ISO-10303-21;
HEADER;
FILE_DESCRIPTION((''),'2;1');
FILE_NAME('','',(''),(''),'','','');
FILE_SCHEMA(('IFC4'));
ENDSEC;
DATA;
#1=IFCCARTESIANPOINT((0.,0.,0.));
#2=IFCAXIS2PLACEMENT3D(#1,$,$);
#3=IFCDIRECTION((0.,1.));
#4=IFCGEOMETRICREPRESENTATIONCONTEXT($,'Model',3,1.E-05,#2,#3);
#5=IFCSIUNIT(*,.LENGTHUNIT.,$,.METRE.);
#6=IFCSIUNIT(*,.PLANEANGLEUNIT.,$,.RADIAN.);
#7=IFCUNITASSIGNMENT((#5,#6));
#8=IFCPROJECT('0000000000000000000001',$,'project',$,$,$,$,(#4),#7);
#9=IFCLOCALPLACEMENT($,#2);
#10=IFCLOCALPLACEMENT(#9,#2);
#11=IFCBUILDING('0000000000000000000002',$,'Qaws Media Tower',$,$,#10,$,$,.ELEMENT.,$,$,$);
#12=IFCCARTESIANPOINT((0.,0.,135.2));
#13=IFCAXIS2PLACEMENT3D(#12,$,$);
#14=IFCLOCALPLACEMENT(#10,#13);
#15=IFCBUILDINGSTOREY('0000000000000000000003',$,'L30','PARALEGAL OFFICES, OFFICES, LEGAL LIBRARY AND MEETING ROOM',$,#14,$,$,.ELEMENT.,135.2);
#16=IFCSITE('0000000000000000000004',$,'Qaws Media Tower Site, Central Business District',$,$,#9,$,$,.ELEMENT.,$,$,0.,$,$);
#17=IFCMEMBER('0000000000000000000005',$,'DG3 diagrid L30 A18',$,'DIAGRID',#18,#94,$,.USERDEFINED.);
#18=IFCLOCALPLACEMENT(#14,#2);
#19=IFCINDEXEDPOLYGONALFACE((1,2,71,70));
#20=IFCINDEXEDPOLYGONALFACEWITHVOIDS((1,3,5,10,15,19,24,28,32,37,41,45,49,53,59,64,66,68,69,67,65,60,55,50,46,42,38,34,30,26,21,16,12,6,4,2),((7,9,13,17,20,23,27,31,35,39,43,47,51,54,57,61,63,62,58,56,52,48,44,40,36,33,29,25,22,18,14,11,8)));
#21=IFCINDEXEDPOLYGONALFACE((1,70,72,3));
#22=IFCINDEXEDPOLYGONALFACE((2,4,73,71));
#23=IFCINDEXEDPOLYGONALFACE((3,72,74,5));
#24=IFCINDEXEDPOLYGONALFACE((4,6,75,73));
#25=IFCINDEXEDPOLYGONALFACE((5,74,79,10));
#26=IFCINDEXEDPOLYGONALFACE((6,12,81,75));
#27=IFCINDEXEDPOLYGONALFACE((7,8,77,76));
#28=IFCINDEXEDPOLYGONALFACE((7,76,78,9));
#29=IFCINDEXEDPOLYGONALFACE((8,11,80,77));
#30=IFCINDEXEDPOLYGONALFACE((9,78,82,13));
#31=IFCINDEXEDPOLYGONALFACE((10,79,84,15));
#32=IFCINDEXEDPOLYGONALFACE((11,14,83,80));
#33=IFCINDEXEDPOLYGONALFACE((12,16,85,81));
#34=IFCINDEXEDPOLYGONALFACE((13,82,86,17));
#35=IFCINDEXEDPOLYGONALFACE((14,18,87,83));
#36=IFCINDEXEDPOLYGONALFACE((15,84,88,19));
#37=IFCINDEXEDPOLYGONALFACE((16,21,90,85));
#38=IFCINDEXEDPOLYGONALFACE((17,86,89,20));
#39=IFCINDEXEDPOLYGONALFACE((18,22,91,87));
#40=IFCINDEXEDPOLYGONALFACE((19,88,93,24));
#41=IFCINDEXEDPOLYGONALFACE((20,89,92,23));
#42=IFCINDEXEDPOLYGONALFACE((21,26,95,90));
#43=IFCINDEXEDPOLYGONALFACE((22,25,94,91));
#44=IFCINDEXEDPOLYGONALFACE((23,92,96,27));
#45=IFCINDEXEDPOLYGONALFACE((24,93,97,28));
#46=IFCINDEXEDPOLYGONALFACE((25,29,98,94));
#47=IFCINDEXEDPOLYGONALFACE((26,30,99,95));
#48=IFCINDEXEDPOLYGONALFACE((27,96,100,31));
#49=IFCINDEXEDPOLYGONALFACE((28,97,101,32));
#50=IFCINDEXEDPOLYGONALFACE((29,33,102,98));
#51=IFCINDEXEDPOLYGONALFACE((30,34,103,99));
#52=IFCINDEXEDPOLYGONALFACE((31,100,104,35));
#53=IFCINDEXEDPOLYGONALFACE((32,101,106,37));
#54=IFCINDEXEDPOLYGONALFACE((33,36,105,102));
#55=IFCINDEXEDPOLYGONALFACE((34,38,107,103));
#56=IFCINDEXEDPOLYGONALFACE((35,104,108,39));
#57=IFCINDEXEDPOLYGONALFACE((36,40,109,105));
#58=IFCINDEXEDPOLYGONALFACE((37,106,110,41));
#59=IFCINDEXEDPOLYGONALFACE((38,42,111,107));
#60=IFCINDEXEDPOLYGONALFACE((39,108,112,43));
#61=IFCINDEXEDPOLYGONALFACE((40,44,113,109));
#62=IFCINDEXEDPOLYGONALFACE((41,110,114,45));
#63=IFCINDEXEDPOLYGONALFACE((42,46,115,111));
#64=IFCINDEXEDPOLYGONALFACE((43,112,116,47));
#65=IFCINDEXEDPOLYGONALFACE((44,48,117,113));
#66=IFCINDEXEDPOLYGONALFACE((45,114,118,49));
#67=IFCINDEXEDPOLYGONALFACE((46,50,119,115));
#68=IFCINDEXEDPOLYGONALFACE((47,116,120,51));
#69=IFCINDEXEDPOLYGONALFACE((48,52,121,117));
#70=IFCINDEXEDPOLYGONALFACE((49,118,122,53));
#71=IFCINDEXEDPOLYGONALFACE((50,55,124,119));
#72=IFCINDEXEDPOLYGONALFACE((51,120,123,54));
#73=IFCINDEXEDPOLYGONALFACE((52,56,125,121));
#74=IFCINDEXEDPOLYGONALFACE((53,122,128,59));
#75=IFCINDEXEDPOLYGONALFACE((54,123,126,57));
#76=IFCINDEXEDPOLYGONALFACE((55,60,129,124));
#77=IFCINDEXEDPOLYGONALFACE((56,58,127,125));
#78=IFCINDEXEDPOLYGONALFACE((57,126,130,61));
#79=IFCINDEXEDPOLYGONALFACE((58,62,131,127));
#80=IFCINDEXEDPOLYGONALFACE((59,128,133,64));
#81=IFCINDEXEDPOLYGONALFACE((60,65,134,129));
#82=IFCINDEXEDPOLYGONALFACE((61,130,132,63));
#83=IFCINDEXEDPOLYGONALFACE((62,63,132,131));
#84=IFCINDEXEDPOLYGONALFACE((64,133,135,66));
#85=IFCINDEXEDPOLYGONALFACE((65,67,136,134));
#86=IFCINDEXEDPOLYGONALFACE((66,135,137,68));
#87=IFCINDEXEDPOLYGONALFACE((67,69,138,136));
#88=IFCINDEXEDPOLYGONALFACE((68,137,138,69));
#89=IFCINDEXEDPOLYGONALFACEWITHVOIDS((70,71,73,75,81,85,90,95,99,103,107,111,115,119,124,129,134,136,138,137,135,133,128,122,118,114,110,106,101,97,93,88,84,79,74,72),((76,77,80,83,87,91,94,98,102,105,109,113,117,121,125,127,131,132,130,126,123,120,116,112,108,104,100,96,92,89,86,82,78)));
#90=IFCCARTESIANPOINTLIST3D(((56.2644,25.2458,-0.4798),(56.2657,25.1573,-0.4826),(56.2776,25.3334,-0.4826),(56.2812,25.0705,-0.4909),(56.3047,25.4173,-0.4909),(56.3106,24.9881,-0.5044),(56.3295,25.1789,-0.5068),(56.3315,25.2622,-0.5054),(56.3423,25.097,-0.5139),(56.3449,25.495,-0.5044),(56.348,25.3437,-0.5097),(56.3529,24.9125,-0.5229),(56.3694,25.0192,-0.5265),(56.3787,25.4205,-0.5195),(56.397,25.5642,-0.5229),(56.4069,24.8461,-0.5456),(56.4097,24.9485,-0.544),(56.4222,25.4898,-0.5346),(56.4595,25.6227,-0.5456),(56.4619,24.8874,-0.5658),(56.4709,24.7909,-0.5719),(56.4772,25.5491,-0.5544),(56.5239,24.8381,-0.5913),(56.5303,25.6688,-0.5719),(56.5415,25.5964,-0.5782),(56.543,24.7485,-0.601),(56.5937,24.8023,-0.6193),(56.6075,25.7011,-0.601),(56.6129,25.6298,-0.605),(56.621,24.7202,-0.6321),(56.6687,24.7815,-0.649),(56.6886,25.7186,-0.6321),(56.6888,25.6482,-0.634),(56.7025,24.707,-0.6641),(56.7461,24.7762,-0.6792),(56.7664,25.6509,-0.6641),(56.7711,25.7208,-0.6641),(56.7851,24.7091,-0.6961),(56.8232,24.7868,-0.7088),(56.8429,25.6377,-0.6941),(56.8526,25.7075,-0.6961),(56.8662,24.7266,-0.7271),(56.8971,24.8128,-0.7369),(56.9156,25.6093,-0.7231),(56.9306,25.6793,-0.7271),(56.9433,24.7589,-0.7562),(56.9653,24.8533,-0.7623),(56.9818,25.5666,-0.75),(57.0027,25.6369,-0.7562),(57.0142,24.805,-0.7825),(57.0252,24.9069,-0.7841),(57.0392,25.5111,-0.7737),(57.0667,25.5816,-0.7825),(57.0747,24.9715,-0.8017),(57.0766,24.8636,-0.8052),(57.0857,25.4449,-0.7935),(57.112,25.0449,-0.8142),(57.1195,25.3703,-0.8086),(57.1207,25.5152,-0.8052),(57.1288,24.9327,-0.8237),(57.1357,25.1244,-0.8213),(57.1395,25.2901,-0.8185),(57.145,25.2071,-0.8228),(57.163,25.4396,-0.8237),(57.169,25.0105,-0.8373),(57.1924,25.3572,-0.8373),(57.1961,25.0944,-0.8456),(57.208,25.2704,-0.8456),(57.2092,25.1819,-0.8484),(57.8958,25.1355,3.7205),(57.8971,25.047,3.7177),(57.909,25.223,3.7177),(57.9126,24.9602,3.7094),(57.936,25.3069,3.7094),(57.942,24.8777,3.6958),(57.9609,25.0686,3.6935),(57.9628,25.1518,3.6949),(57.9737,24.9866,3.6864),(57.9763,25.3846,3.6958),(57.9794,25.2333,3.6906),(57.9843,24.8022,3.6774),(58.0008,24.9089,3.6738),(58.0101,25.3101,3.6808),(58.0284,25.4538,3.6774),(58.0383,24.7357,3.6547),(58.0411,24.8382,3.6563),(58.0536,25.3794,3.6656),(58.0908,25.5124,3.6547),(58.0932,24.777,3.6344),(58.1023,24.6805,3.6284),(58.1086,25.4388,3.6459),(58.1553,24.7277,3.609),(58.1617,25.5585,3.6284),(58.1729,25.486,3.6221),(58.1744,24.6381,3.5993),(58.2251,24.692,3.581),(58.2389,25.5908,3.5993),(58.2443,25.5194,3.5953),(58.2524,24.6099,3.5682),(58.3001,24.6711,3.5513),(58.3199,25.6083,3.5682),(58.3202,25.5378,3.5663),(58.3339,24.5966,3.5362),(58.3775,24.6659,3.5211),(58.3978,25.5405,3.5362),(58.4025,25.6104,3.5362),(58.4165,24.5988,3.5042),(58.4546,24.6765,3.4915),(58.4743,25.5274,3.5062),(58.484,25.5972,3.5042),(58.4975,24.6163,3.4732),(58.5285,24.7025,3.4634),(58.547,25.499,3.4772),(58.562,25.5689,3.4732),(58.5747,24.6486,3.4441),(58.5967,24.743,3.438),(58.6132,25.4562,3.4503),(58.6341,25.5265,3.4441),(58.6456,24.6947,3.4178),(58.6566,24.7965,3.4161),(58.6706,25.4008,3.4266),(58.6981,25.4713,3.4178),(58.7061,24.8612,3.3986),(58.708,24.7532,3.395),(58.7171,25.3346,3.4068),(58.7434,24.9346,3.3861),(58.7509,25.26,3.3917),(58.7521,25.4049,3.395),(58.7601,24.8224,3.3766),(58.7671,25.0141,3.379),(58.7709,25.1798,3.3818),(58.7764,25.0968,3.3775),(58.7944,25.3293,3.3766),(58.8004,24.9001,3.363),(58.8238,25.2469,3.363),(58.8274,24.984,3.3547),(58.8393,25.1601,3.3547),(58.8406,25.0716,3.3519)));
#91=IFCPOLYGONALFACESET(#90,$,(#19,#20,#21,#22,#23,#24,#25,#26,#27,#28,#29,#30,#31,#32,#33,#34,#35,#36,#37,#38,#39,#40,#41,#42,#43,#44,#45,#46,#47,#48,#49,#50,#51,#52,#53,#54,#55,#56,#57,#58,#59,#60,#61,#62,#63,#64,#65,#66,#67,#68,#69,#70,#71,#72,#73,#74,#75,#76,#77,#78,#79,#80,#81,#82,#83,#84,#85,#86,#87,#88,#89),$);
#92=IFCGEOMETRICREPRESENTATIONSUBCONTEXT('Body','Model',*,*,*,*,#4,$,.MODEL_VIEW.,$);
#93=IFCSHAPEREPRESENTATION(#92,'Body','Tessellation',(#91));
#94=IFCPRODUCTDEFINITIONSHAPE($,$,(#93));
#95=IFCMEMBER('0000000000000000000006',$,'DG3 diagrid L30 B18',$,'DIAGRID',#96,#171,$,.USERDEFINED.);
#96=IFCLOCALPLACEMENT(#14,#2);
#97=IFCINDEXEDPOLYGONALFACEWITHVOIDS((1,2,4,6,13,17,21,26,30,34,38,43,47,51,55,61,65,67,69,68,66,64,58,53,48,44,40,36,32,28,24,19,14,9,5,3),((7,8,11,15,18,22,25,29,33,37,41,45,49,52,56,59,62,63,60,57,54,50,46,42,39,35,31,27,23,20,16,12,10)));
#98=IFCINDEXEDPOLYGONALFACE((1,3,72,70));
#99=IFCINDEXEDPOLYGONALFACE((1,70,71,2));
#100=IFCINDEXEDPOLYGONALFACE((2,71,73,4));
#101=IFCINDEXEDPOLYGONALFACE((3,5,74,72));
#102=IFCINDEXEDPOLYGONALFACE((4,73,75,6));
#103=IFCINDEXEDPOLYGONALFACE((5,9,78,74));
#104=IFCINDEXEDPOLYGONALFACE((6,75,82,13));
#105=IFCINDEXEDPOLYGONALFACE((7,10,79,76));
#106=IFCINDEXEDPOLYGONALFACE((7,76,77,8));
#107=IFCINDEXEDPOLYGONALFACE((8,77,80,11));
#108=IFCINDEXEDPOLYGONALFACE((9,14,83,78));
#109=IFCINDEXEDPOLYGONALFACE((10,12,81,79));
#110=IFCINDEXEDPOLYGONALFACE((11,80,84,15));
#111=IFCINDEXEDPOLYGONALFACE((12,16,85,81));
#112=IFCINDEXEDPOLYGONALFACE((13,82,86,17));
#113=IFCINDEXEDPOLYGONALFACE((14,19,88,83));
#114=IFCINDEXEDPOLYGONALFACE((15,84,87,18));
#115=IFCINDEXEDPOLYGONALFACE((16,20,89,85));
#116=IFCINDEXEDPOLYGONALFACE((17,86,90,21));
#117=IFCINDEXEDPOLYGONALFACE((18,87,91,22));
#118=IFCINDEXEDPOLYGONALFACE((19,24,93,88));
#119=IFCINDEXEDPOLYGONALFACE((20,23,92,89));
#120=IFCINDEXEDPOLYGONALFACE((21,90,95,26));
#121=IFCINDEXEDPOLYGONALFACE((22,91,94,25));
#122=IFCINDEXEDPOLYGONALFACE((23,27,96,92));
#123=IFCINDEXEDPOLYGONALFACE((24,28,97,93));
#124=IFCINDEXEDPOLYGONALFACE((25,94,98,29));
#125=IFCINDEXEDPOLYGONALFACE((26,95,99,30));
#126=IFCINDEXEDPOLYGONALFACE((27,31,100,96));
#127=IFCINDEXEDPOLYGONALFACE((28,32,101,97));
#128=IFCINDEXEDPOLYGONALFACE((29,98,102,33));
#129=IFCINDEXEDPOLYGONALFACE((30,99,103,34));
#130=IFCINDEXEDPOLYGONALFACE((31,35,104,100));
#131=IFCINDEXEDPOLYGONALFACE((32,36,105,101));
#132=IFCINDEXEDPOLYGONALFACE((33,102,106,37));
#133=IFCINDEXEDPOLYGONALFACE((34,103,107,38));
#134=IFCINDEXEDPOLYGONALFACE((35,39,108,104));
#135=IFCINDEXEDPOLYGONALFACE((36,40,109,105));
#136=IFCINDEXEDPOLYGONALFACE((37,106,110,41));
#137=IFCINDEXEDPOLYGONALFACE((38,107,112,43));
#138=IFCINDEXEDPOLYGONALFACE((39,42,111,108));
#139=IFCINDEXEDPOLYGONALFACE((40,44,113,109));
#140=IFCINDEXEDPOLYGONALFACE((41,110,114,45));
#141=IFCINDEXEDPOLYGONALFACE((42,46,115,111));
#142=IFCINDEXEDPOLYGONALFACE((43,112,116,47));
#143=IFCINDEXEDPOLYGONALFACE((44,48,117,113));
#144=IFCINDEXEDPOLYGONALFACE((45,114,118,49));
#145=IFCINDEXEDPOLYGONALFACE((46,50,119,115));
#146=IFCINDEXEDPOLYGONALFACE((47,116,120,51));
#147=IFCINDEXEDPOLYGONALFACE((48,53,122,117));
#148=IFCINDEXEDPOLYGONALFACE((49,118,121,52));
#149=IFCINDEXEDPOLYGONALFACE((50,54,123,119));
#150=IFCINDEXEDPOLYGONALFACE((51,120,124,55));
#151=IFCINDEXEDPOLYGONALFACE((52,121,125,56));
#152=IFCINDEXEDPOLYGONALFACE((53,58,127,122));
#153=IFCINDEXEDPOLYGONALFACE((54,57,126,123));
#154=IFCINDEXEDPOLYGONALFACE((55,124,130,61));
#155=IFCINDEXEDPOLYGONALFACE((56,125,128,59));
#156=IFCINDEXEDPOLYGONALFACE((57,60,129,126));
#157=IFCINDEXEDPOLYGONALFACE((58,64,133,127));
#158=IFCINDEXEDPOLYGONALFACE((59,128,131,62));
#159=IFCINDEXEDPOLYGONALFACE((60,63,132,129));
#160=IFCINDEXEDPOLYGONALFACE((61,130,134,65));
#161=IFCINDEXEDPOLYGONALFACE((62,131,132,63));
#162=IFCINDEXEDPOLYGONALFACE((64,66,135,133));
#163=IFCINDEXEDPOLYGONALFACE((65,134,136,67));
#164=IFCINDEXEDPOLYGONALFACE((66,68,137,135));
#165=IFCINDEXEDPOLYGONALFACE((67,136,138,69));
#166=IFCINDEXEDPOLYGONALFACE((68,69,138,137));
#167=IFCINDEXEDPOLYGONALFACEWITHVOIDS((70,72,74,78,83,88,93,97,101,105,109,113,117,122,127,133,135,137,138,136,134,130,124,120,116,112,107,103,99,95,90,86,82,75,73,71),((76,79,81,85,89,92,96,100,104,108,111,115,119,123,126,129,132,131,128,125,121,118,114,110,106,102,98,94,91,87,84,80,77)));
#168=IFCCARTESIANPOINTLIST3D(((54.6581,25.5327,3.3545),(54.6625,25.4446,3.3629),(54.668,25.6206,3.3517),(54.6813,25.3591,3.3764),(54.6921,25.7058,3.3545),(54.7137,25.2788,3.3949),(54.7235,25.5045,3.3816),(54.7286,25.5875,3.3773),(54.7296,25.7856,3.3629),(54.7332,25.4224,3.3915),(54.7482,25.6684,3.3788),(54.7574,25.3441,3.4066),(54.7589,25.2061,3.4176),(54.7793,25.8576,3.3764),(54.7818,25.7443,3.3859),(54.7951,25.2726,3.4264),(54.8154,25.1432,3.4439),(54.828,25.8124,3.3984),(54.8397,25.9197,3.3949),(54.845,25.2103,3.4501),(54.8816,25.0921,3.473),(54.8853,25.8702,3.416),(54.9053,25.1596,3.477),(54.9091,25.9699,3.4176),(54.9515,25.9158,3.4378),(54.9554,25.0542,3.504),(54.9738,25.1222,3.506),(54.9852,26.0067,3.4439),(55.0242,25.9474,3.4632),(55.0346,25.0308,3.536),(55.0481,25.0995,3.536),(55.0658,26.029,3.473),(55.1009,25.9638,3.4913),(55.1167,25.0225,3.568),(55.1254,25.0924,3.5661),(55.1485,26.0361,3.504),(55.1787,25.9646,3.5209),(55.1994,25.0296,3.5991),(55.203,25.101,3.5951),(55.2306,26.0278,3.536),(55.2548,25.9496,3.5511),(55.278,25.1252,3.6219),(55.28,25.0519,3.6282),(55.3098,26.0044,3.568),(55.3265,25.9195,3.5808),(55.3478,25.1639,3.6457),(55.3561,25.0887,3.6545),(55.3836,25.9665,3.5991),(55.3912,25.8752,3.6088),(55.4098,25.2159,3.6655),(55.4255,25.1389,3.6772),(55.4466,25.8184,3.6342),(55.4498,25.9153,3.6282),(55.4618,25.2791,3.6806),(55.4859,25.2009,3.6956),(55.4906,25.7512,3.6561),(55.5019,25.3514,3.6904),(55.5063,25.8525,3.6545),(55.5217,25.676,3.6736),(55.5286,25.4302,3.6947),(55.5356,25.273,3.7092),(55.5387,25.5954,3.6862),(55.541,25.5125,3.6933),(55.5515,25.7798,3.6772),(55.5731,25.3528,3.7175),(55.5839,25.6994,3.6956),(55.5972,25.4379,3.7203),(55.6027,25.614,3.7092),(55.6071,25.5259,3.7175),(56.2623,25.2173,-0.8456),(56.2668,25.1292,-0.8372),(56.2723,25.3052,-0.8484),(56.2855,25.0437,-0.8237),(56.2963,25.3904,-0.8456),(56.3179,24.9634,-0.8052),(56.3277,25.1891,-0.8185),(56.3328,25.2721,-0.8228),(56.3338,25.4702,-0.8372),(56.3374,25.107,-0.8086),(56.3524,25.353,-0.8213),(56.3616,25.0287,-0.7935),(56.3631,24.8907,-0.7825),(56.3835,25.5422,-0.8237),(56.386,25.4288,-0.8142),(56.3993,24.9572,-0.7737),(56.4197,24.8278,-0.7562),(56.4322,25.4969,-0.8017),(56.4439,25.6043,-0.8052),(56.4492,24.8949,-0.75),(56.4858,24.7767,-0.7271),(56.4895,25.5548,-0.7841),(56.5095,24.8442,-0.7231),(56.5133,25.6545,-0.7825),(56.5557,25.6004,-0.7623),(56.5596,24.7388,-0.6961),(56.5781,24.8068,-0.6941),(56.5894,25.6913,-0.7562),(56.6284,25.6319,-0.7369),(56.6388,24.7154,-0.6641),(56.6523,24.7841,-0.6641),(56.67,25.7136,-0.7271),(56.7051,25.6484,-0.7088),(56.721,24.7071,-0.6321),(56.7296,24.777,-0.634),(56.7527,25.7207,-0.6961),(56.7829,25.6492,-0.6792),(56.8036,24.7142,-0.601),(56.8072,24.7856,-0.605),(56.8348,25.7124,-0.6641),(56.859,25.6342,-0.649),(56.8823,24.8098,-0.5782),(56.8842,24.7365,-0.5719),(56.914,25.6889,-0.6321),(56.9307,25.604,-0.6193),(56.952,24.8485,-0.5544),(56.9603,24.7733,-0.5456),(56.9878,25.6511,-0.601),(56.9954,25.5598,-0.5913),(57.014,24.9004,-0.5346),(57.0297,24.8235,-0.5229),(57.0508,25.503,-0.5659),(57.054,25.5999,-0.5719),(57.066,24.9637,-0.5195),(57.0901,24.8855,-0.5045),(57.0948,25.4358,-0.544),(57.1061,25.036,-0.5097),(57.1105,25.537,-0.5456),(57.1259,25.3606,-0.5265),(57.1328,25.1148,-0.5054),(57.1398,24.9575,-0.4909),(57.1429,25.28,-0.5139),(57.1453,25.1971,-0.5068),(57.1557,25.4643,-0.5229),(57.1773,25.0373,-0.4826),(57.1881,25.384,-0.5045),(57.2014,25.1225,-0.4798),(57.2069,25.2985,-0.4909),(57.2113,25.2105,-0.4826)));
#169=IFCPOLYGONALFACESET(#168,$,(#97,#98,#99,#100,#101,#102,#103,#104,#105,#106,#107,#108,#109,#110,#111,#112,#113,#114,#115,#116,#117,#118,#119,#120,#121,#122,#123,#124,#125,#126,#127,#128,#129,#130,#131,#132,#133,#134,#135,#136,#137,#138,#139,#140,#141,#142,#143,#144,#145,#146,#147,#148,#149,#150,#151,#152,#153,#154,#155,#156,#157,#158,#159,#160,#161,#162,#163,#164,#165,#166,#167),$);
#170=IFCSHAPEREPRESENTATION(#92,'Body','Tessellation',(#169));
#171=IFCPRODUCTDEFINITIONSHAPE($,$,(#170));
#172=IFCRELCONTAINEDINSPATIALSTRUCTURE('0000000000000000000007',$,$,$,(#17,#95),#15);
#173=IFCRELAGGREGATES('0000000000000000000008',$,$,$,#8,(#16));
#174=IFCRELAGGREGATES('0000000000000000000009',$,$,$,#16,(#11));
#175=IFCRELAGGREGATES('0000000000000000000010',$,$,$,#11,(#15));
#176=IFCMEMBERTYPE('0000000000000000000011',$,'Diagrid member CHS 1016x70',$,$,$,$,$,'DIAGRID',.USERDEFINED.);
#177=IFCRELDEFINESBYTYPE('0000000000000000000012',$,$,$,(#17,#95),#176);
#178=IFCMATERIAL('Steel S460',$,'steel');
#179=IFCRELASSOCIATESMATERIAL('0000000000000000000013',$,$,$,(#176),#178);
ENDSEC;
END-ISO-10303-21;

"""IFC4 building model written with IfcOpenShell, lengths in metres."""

from ifc_helpers import new_model, si_unit, direction, frame, origin, origin_2d, place, context, subcontext, project, spatial, hollow_circle, extrude, material, material_profile, profile_set, type_object, element, save


model = new_model("IFC4")

# Units and contexts
model_context = context("Model", 3, precision=1e-05, world=origin(), true_north=direction((0.0, 1.0)))
body_context = subcontext(model_context, "Body", "Model", "MODEL_VIEW")
ifc_project = project(units=[si_unit("LENGTHUNIT", "METRE"), si_unit("PLANEANGLEUNIT", "RADIAN")], contexts=[model_context])

# Site, building, storey
site_placement = place(None, origin())
site = spatial("IfcSite", under=ifc_project, at=site_placement, Name="Qaws Media Tower Site, Central Business District", CompositionType="ELEMENT", RefElevation=0.0)
building_placement = place(site_placement, origin())
building = spatial("IfcBuilding", under=site, at=building_placement, Name="Qaws Media Tower", CompositionType="ELEMENT")
storey_placement = place(building_placement, frame((0.0, 0.0, 135.2)))
storey = spatial("IfcBuildingStorey", under=building, at=storey_placement, Name="L30", Description="PARALEGAL OFFICES, OFFICES, LEGAL LIBRARY AND MEETING ROOM", CompositionType="ELEMENT", Elevation=135.2)

# Members
ifc_material_1 = material(Name="Steel S460", Category="steel")
ifc_material_profile_1 = material_profile(ifc_material_1, hollow_circle(Radius=0.5081, WallThickness=0.0701, at=origin_2d()), Name="CHS 1016x70")
ifc_profile_set_1 = profile_set([ifc_material_profile_1], Name="Steel S460")
member_type_1 = type_object("IfcMemberType", Name="Diagrid member CHS 1016x70", ElementType="DIAGRID", PredefinedType="USERDEFINED", material=ifc_profile_set_1)
member_1_placement = place(storey_placement, frame((56.7368, 25.2139, -0.6641), z_axis=(0.36194, -0.024483, 0.93188), x_axis=(0.06749, 0.99772, 0.0)))
element("IfcMember", 1, at=member_1_placement, inside=storey, type_object=member_type_1, Name="DG3 diagrid L30 A18", ObjectType="DIAGRID", PredefinedType="USERDEFINED", context=body_context, shape_type="SweptSolid", body=[
    extrude(hollow_circle(Radius=0.5081, WallThickness=0.0701, at=origin_2d()), origin(), (0.0, 0.0, 1.0), 4.5073),
])
for number, where, z_axis, x_axis, name in (
    (2, (56.7368, 25.2139, -0.6641), (-0.355931, 0.069984, 0.931888), (-0.192928, -0.981213, 0.0), "DG3 diagrid L30 B18"),
):
    element("IfcMember", number, at=place(storey_placement, frame(where, z_axis=z_axis, x_axis=x_axis)), inside=storey, type_object=member_type_1, Name=name, ObjectType="DIAGRID", PredefinedType="USERDEFINED", context=body_context, shape_type="SweptSolid", body=[
        extrude(hollow_circle(Radius=0.5081, WallThickness=0.0701, at=origin_2d()), origin(), (0.0, 0.0, 1.0), 4.5071),
    ])

save(model, "model.ifc")
